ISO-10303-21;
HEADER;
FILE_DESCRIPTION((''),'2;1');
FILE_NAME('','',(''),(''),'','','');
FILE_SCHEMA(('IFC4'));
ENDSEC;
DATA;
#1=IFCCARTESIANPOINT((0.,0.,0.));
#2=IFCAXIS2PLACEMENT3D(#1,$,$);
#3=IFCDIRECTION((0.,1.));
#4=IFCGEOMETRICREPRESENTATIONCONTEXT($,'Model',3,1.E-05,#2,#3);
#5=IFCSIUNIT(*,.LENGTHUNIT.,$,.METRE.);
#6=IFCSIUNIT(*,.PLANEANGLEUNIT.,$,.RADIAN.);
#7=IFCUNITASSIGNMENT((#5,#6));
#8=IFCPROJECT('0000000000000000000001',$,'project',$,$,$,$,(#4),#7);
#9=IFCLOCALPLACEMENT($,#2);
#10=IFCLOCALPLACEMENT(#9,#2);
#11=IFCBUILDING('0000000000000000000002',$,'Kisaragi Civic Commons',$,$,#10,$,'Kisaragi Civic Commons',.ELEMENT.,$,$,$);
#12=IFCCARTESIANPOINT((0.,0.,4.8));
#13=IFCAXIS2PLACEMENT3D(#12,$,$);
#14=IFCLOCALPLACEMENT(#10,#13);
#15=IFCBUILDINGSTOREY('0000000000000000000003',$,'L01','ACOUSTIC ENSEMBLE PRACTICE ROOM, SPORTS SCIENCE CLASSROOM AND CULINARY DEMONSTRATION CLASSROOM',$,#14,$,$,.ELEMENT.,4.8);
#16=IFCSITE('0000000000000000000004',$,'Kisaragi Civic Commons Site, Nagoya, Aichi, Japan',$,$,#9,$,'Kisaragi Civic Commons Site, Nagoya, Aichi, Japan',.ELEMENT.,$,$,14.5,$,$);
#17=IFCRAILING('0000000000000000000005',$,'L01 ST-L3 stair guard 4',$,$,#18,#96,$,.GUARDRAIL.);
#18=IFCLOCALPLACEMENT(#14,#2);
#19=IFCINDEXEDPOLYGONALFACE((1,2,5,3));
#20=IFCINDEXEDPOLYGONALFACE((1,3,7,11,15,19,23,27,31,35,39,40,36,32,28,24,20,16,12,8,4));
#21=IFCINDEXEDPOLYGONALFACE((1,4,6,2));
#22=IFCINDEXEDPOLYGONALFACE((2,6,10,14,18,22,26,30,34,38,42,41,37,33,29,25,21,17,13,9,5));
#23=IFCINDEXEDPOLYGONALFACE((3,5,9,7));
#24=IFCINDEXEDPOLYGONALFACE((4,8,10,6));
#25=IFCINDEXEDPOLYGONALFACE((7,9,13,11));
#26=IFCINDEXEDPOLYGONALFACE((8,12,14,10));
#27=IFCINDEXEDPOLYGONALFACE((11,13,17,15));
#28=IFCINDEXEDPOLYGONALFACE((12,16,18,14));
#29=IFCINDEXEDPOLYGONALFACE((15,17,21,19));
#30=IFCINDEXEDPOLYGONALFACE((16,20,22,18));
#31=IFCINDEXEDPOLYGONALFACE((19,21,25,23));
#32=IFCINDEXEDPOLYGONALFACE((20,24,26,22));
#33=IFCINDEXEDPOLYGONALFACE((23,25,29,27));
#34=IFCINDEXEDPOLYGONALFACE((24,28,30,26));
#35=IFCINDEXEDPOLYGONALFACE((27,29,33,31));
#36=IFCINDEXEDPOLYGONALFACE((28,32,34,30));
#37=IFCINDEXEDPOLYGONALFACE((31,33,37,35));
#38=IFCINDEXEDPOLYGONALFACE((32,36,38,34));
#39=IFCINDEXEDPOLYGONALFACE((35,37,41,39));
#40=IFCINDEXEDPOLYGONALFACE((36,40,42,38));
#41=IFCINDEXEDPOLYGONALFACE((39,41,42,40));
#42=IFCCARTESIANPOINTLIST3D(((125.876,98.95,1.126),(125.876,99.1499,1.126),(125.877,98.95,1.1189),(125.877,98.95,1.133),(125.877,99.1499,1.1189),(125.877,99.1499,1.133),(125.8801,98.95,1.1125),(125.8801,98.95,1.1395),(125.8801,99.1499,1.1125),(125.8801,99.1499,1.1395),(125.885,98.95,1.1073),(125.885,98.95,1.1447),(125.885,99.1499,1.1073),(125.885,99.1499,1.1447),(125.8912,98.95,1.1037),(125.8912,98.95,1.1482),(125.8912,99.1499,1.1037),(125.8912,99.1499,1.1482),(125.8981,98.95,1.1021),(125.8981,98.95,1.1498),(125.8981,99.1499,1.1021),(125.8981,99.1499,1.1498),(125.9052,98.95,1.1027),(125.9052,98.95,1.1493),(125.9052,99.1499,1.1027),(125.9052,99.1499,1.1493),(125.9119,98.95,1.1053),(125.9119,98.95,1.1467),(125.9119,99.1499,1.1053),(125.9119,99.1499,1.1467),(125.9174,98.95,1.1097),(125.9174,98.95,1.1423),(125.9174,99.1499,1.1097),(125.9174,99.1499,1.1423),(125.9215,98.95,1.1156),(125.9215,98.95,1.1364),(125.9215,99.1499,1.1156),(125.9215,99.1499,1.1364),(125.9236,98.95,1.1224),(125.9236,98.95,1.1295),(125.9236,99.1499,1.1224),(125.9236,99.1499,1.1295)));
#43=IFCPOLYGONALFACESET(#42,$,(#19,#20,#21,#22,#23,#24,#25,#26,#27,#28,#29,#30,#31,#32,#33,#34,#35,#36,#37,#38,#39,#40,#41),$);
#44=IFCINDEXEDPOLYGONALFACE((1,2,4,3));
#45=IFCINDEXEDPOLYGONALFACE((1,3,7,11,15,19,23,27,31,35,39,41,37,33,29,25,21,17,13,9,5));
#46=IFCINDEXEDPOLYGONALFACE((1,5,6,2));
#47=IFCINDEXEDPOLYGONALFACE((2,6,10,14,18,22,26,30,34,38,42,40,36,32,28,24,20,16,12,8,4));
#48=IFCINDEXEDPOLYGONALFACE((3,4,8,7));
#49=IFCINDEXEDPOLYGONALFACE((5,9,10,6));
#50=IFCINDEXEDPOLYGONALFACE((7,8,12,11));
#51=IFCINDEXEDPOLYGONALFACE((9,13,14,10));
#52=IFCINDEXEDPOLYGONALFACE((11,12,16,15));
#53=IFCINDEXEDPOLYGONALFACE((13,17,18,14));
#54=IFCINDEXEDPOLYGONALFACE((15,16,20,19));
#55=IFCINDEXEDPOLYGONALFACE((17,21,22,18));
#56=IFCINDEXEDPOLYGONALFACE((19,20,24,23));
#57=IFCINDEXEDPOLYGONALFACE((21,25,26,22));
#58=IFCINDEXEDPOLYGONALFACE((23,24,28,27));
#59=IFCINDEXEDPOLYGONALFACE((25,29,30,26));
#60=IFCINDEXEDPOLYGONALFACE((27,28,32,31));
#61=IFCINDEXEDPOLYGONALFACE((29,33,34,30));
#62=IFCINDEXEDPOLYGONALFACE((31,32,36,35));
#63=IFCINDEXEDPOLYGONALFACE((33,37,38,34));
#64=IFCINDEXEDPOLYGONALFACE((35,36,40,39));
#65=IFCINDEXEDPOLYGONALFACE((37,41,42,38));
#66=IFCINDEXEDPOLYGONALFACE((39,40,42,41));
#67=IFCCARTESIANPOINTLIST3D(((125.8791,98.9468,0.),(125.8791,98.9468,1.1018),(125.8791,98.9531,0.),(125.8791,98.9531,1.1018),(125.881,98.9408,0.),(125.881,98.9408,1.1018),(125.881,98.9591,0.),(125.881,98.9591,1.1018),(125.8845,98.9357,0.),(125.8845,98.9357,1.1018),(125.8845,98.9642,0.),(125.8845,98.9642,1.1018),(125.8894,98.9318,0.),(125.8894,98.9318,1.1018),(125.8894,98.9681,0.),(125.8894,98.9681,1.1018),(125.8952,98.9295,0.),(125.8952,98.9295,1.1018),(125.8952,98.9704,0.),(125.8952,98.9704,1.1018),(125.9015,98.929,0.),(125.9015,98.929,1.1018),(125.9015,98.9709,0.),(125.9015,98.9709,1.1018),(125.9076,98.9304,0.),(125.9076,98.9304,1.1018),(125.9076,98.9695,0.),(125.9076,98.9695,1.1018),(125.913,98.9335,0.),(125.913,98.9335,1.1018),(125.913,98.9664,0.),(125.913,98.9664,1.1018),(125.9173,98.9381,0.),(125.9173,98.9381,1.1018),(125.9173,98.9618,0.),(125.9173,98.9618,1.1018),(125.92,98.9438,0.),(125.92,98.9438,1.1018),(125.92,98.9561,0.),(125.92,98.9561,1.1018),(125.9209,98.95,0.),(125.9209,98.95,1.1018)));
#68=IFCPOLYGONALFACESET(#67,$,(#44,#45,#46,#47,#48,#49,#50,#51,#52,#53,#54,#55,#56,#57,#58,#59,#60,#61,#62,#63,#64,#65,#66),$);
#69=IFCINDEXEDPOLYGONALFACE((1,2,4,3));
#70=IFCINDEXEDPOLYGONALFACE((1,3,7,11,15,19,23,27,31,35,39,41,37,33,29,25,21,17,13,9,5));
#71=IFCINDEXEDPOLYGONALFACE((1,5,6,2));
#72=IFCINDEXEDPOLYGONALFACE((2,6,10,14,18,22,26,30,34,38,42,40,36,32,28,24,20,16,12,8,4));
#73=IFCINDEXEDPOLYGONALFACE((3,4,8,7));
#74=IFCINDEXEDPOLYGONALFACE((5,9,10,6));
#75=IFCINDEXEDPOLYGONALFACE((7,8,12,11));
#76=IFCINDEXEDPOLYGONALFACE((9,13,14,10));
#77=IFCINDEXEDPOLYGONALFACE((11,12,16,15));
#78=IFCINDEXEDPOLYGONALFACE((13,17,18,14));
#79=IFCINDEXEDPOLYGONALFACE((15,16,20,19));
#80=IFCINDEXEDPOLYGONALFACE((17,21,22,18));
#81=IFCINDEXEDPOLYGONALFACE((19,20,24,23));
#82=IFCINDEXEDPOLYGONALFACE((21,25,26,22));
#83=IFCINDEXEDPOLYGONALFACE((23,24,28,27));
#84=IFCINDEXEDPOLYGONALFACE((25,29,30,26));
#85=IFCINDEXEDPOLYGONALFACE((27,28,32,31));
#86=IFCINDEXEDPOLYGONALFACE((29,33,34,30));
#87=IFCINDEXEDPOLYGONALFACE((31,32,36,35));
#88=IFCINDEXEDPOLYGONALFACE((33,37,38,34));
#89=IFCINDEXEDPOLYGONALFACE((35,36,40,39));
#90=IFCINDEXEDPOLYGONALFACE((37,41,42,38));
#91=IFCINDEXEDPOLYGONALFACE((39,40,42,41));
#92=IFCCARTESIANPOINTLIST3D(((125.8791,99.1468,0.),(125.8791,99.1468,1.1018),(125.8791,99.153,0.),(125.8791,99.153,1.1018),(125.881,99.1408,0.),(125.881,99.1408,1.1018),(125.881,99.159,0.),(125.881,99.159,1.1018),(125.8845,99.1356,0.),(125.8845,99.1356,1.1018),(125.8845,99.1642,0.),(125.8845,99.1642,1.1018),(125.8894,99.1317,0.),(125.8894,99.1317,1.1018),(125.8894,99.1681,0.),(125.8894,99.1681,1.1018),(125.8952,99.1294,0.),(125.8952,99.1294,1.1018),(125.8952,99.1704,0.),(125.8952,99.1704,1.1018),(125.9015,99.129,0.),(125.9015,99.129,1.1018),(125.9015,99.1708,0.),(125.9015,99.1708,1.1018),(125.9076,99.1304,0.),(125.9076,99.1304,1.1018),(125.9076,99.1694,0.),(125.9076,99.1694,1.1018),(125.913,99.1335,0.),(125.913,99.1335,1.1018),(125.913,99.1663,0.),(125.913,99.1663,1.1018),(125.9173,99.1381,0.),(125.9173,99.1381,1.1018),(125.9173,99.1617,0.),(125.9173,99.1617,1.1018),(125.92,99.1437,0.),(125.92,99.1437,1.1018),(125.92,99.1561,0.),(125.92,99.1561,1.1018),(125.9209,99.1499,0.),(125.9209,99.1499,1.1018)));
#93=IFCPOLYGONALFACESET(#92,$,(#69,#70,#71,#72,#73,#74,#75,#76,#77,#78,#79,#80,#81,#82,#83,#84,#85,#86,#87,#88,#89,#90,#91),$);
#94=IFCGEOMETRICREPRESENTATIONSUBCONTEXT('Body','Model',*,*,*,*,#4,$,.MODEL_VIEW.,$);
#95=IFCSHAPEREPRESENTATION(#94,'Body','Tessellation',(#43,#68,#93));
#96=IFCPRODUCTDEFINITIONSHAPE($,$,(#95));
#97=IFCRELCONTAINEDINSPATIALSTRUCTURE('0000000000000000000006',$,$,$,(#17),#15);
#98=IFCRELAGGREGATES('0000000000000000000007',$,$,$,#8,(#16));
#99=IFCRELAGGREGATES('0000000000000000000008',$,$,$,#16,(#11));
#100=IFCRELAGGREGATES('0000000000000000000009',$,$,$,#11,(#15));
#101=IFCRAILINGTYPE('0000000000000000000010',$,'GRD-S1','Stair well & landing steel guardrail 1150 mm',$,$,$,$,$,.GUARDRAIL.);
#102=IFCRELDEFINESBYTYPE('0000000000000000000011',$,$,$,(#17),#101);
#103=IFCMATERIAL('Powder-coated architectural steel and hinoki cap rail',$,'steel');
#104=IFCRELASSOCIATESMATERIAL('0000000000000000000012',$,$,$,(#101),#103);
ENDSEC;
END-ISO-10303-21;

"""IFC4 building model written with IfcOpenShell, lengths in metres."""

from ifc_helpers import new_model, si_unit, direction, frame, origin, origin_2d, place, context, subcontext, project, spatial, circle, extrude, material, type_object, element, save


model = new_model("IFC4")

# Units and contexts
model_context = context("Model", 3, precision=1e-05, world=origin(), true_north=direction((0.0, 1.0)))
body_context = subcontext(model_context, "Body", "Model", "MODEL_VIEW")
ifc_project = project(units=[si_unit("LENGTHUNIT", "METRE"), si_unit("PLANEANGLEUNIT", "RADIAN")], contexts=[model_context])

# Site, building, storey
site_placement = place(None, origin())
site = spatial("IfcSite", under=ifc_project, at=site_placement, Name="Kisaragi Civic Commons Site, Nagoya, Aichi, Japan", LongName="Kisaragi Civic Commons Site, Nagoya, Aichi, Japan", CompositionType="ELEMENT", RefElevation=14.5)
building_placement = place(site_placement, origin())
building = spatial("IfcBuilding", under=site, at=building_placement, Name="Kisaragi Civic Commons", LongName="Kisaragi Civic Commons", CompositionType="ELEMENT")
storey_placement = place(building_placement, frame((0.0, 0.0, 4.8)))
storey = spatial("IfcBuildingStorey", under=building, at=storey_placement, Name="L01", Description="ACOUSTIC ENSEMBLE PRACTICE ROOM, SPORTS SCIENCE CLASSROOM AND CULINARY DEMONSTRATION CLASSROOM", CompositionType="ELEMENT", Elevation=4.8)

# Railing
ifc_material_1 = material(Name="Powder-coated architectural steel and hinoki cap rail", Category="steel")
railing_type_1 = type_object("IfcRailingType", Name="GRD-S1", Description="Stair well & landing steel guardrail 1150 mm", PredefinedType="GUARDRAIL", material=ifc_material_1)
railing_1_placement = place(storey_placement, frame((125.8999, 98.95, 0.0)))
element("IfcRailing", 1, at=railing_1_placement, inside=storey, type_object=railing_type_1, Name="L01 ST-L3 stair guard 4", PredefinedType="GUARDRAIL", context=body_context, shape_type="SweptSolid", body=[
    extrude(circle(Radius=0.0239, at=origin_2d()), frame((0.0, 0.0, 1.126), z_axis=(0.0, 1.0, 0.0), x_axis=(-1.0, 0.0, 0.0)), (0.0, 0.0, 1.0), 0.2),
    extrude(circle(Radius=0.021, at=origin_2d()), origin(), (0.0, 0.0, 1.0), 1.1018),
    extrude(circle(Radius=0.021, at=origin_2d()), frame((0.0, 0.2, 0.0)), (0.0, 0.0, 1.0), 1.1018),
])

save(model, "model.ifc")
